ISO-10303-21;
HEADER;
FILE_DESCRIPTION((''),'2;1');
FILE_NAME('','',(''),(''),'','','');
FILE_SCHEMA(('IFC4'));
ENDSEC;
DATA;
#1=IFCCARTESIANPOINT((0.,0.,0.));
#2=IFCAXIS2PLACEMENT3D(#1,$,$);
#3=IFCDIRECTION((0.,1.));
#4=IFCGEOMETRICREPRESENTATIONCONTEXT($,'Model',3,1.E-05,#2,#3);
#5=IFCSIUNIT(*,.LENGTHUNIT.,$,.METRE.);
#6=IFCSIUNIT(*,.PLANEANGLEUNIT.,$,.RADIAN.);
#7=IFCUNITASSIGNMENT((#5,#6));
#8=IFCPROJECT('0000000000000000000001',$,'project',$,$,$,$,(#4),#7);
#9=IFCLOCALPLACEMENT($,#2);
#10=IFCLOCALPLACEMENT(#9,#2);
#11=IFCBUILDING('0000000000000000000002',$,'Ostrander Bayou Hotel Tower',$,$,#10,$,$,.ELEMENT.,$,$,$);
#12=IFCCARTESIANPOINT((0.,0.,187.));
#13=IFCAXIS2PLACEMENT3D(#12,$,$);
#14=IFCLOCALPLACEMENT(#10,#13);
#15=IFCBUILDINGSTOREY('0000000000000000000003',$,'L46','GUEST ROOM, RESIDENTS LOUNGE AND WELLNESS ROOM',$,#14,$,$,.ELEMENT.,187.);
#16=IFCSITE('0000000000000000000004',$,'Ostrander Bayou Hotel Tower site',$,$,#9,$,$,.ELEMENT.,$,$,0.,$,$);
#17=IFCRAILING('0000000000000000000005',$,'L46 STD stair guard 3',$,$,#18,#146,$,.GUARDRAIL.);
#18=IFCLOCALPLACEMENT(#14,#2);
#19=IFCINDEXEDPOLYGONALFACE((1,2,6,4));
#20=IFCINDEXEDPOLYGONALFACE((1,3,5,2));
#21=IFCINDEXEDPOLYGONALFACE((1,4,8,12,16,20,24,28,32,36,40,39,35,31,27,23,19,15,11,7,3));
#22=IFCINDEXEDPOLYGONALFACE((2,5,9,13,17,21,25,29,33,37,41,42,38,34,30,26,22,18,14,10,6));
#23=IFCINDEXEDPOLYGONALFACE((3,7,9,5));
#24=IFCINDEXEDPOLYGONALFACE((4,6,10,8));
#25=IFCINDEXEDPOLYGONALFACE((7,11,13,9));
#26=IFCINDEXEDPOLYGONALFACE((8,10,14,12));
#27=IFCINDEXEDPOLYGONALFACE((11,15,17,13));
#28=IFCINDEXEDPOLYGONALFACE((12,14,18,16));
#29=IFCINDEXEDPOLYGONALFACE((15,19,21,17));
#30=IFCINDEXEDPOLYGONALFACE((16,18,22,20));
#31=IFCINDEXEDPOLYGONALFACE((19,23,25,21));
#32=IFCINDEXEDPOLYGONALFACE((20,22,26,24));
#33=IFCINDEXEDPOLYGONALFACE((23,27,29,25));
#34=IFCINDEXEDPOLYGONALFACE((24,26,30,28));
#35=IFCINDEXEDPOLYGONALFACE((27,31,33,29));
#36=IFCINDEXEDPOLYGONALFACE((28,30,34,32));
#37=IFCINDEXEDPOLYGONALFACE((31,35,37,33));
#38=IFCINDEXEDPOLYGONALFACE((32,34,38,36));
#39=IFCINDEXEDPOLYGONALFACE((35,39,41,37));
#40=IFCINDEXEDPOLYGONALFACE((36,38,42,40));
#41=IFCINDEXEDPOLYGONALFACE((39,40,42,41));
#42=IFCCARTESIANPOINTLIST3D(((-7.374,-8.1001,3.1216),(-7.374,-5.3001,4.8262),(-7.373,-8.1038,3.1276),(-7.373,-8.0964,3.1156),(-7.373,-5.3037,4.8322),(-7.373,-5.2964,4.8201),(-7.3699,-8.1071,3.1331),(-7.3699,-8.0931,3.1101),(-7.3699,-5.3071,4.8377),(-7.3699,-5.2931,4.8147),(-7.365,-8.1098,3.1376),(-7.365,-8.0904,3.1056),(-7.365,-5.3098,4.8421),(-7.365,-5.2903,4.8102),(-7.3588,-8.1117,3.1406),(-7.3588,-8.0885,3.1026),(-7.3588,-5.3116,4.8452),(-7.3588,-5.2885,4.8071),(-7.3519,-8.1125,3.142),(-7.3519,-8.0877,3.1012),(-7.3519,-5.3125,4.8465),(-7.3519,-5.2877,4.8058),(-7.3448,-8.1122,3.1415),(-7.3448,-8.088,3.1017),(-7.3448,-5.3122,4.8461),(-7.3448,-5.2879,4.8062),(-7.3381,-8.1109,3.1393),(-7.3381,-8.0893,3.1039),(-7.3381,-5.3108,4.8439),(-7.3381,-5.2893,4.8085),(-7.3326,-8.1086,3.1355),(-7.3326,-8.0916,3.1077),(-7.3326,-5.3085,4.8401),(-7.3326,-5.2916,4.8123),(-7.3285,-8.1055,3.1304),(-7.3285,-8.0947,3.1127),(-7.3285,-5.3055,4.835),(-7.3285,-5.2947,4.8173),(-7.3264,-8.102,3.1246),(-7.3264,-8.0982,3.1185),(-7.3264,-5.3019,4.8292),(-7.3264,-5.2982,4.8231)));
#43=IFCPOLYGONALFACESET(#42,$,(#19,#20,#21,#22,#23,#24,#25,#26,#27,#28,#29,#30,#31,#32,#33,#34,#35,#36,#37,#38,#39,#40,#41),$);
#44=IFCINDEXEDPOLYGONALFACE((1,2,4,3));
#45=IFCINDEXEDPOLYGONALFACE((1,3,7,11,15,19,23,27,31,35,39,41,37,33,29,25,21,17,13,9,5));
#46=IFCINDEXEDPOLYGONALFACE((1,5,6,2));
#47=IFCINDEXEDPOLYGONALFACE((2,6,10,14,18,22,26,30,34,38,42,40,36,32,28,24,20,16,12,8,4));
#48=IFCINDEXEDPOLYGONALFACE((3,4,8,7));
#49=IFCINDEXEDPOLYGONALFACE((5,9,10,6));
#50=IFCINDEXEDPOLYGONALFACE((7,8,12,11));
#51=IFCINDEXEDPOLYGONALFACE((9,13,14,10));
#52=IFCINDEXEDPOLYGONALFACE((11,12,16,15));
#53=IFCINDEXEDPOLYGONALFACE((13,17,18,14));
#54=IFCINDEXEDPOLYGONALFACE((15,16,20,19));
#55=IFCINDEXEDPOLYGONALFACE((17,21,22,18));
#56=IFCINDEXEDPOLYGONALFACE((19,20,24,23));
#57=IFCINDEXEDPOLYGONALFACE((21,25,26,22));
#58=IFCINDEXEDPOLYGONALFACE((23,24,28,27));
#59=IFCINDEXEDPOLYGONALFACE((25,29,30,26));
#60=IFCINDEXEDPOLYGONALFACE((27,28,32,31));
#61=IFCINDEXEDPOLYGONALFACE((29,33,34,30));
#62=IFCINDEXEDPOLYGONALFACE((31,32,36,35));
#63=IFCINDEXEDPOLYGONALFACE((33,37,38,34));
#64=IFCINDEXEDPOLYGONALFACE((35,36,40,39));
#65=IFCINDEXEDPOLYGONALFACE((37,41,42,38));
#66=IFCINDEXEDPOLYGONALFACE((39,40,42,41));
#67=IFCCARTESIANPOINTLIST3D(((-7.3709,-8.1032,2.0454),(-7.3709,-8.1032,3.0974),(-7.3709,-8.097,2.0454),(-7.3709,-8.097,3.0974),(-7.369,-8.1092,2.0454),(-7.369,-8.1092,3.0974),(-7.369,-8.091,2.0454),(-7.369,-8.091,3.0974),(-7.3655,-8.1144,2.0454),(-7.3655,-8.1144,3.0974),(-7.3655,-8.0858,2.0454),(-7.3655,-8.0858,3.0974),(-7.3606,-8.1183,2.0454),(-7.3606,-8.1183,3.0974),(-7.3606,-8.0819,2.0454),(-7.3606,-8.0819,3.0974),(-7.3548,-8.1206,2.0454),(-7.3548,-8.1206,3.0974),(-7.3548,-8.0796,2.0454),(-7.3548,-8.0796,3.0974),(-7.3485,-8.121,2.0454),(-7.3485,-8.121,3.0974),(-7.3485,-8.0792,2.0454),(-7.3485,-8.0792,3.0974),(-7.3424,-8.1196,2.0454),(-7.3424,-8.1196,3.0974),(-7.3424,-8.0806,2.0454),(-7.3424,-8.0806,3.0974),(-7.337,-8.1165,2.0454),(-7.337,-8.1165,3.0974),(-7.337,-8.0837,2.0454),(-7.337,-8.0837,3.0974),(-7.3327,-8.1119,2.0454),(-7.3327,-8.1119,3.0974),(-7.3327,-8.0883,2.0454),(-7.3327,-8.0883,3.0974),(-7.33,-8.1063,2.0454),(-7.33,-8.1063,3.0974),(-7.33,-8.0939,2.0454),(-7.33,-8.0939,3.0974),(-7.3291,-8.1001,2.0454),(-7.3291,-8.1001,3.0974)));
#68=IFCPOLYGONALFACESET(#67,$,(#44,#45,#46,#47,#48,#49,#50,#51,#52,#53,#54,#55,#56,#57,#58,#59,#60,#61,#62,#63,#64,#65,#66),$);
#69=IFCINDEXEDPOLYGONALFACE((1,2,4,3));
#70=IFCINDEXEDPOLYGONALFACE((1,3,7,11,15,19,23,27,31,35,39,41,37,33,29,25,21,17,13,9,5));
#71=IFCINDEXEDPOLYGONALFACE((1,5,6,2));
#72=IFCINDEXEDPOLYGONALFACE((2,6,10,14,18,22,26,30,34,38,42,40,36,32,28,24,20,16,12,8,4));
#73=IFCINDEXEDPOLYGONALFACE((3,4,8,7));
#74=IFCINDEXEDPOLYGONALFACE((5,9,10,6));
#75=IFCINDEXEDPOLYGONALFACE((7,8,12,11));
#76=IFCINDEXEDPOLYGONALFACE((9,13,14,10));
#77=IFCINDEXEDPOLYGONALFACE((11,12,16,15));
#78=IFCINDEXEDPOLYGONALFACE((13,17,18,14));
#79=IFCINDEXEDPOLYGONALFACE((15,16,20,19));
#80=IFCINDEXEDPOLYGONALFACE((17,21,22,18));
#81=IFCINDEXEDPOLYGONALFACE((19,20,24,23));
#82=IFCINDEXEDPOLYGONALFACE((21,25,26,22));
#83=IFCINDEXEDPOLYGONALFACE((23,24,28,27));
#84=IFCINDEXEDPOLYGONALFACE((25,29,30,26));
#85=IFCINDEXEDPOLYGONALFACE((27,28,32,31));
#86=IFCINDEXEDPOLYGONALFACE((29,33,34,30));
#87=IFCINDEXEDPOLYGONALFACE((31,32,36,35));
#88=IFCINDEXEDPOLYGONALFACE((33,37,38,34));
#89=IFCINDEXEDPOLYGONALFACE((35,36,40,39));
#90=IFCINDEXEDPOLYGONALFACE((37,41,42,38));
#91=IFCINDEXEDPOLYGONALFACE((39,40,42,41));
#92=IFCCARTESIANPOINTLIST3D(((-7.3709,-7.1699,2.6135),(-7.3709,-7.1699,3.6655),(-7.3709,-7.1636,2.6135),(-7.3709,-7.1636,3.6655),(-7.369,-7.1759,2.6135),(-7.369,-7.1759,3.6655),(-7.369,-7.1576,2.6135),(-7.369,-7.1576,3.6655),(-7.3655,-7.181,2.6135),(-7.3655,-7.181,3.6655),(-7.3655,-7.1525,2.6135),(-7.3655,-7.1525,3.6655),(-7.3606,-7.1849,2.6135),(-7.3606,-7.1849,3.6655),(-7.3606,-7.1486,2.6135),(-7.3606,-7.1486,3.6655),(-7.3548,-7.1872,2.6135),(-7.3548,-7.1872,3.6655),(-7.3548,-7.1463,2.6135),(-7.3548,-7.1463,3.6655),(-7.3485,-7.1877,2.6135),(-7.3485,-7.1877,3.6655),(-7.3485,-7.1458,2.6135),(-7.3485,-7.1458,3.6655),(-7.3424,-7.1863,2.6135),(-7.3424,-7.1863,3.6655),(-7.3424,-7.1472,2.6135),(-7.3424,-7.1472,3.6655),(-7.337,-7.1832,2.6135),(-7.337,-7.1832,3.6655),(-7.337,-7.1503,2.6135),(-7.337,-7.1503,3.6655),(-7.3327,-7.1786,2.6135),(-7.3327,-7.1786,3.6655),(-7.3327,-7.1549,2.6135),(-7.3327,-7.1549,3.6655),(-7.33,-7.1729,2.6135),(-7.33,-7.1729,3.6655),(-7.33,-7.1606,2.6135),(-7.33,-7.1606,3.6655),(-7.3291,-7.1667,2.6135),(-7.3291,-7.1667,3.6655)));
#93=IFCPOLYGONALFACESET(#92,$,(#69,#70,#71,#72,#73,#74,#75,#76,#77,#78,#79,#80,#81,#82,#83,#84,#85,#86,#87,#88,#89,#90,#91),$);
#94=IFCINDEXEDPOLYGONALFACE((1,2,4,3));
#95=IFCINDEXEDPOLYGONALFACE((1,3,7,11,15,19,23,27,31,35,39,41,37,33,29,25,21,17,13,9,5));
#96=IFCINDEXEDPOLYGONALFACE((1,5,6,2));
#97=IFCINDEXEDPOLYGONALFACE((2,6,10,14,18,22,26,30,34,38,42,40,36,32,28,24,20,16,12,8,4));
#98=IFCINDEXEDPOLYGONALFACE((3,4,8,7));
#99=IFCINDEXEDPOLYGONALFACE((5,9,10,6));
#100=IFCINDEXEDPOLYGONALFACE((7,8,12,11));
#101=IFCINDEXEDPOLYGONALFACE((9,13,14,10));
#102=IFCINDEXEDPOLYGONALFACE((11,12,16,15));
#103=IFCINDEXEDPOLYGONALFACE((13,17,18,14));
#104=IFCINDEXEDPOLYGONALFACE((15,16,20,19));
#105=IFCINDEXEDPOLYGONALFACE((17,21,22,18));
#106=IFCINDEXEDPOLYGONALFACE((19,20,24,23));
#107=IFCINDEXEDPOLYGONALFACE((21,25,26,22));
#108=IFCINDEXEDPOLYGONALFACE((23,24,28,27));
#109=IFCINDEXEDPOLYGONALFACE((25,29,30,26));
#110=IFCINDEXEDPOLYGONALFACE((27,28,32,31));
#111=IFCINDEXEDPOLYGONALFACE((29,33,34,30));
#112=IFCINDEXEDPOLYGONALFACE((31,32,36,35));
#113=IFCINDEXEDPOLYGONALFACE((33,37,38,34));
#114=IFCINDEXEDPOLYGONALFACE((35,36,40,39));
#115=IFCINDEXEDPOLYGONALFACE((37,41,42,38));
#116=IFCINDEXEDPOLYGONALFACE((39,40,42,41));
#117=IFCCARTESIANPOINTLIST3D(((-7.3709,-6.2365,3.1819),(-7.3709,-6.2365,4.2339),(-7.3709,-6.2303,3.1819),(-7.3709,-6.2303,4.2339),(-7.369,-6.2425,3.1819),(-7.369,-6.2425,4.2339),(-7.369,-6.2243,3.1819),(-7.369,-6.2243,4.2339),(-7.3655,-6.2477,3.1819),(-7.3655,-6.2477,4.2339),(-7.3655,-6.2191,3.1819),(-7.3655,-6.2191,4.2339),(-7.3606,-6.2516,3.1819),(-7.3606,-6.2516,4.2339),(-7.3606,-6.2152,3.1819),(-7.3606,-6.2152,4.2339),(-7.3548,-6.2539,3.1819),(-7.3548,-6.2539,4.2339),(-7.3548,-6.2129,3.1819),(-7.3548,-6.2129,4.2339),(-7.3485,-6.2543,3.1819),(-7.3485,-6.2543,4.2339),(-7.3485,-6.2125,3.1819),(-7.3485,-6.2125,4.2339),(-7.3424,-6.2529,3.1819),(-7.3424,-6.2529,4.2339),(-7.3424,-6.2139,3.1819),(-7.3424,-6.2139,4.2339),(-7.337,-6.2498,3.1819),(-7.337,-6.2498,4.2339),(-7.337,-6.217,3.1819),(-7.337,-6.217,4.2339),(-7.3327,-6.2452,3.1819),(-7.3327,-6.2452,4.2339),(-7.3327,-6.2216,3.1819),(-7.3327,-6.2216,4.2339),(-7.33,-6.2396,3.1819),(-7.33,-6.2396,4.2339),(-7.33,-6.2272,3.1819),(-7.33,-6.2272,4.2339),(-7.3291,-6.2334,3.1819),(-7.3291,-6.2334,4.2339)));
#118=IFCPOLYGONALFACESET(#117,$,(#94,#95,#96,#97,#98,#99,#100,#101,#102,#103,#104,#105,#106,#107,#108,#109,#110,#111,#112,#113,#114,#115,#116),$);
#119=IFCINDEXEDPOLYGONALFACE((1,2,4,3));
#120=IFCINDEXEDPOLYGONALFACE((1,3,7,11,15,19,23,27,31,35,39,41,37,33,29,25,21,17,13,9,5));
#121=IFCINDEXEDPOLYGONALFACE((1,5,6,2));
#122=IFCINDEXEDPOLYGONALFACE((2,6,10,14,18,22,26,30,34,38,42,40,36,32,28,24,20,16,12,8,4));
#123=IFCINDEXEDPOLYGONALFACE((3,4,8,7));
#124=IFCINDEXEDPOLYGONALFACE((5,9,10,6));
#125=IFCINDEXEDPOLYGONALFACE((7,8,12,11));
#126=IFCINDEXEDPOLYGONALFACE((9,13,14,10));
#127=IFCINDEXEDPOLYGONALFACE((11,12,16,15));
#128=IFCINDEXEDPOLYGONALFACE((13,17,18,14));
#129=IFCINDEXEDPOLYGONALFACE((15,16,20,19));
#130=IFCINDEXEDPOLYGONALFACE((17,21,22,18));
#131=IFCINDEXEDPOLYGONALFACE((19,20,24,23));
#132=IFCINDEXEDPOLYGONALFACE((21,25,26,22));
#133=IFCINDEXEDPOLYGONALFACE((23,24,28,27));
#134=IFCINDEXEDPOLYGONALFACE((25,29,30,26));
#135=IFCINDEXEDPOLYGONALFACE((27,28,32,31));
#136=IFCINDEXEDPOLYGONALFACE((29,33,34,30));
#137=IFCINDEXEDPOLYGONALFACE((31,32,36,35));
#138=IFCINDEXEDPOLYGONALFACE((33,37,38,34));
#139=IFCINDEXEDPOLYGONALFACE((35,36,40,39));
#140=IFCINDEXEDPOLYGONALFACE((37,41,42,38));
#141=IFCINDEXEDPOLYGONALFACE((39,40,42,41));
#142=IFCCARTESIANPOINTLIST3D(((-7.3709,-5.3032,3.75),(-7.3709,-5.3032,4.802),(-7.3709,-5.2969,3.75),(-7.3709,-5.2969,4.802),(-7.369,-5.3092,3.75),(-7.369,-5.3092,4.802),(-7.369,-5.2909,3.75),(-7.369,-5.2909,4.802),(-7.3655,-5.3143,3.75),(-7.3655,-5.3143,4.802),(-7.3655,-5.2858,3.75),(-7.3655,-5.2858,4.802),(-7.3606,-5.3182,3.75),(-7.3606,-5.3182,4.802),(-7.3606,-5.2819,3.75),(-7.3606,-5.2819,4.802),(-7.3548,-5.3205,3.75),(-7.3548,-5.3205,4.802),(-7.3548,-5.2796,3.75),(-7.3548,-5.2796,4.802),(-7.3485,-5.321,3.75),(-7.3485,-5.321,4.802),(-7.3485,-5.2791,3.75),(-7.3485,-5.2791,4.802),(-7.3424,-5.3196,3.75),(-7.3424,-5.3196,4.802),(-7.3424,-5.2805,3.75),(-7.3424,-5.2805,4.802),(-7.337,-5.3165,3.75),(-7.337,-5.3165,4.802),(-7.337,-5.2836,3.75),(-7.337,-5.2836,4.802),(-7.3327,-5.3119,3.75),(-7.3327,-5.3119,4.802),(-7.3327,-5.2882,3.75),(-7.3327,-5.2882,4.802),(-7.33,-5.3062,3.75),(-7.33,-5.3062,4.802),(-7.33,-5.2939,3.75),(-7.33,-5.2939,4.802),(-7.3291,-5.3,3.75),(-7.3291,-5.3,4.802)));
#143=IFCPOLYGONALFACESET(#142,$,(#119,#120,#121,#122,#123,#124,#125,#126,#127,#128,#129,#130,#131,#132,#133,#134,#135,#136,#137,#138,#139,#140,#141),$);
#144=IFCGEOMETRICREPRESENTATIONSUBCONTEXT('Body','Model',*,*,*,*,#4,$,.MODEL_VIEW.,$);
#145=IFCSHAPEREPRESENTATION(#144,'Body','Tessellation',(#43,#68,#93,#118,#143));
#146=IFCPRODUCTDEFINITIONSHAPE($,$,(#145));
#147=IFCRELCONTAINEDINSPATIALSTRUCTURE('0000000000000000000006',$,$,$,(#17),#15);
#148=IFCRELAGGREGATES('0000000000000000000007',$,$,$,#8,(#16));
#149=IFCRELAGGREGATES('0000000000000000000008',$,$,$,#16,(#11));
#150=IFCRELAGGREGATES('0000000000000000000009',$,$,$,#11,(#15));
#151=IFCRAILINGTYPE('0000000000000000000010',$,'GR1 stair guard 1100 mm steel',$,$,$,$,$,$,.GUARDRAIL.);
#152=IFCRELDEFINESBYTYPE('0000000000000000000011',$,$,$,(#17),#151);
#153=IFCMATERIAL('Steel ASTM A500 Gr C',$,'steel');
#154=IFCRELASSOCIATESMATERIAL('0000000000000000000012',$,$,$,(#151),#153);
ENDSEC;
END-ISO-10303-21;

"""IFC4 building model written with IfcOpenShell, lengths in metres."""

from ifc_helpers import new_model, si_unit, direction, frame, origin, origin_2d, place, context, subcontext, project, spatial, circle, extrude, material, type_object, element, save


model = new_model("IFC4")

# Units and contexts
model_context = context("Model", 3, precision=1e-05, world=origin(), true_north=direction((0.0, 1.0)))
body_context = subcontext(model_context, "Body", "Model", "MODEL_VIEW")
ifc_project = project(units=[si_unit("LENGTHUNIT", "METRE"), si_unit("PLANEANGLEUNIT", "RADIAN")], contexts=[model_context])

# Site, building, storey
site_placement = place(None, origin())
site = spatial("IfcSite", under=ifc_project, at=site_placement, Name="Ostrander Bayou Hotel Tower site", CompositionType="ELEMENT", RefElevation=0.0)
building_placement = place(site_placement, origin())
building = spatial("IfcBuilding", under=site, at=building_placement, Name="Ostrander Bayou Hotel Tower", CompositionType="ELEMENT")
storey_placement = place(building_placement, frame((0.0, 0.0, 187.0)))
storey = spatial("IfcBuildingStorey", under=building, at=storey_placement, Name="L46", Description="GUEST ROOM, RESIDENTS LOUNGE AND WELLNESS ROOM", CompositionType="ELEMENT", Elevation=187.0)

# Railing
ifc_material_1 = material(Name="Steel ASTM A500 Gr C", Category="steel")
railing_type_1 = type_object("IfcRailingType", Name="GR1 stair guard 1100 mm steel", PredefinedType="GUARDRAIL", material=ifc_material_1)
railing_1_placement = place(storey_placement, frame((-7.3501, -8.1001, 2.0454)))
element("IfcRailing", 1, at=railing_1_placement, inside=storey, type_object=railing_type_1, Name="L46 STD stair guard 3", PredefinedType="GUARDRAIL", context=body_context, shape_type="SweptSolid", body=[
    extrude(circle(Radius=0.0239, at=origin_2d()), frame((0.0, 0.0, 1.0762), z_axis=(0.0, 0.85417, 0.519994), x_axis=(-1.0, 0.0, 0.0)), (0.0, 0.0, 1.0), 3.2781),
    extrude(circle(Radius=0.021, at=origin_2d()), origin(), (0.0, 0.0, 1.0), 1.052),
    extrude(circle(Radius=0.021, at=origin_2d()), frame((0.0, 0.9333, 0.5681)), (0.0, 0.0, 1.0), 1.052),
    extrude(circle(Radius=0.021, at=origin_2d()), frame((0.0, 1.8667, 1.1365)), (0.0, 0.0, 1.0), 1.052),
    extrude(circle(Radius=0.021, at=origin_2d()), frame((0.0, 2.8, 1.7046)), (0.0, 0.0, 1.0), 1.052),
])

save(model, "model.ifc")
